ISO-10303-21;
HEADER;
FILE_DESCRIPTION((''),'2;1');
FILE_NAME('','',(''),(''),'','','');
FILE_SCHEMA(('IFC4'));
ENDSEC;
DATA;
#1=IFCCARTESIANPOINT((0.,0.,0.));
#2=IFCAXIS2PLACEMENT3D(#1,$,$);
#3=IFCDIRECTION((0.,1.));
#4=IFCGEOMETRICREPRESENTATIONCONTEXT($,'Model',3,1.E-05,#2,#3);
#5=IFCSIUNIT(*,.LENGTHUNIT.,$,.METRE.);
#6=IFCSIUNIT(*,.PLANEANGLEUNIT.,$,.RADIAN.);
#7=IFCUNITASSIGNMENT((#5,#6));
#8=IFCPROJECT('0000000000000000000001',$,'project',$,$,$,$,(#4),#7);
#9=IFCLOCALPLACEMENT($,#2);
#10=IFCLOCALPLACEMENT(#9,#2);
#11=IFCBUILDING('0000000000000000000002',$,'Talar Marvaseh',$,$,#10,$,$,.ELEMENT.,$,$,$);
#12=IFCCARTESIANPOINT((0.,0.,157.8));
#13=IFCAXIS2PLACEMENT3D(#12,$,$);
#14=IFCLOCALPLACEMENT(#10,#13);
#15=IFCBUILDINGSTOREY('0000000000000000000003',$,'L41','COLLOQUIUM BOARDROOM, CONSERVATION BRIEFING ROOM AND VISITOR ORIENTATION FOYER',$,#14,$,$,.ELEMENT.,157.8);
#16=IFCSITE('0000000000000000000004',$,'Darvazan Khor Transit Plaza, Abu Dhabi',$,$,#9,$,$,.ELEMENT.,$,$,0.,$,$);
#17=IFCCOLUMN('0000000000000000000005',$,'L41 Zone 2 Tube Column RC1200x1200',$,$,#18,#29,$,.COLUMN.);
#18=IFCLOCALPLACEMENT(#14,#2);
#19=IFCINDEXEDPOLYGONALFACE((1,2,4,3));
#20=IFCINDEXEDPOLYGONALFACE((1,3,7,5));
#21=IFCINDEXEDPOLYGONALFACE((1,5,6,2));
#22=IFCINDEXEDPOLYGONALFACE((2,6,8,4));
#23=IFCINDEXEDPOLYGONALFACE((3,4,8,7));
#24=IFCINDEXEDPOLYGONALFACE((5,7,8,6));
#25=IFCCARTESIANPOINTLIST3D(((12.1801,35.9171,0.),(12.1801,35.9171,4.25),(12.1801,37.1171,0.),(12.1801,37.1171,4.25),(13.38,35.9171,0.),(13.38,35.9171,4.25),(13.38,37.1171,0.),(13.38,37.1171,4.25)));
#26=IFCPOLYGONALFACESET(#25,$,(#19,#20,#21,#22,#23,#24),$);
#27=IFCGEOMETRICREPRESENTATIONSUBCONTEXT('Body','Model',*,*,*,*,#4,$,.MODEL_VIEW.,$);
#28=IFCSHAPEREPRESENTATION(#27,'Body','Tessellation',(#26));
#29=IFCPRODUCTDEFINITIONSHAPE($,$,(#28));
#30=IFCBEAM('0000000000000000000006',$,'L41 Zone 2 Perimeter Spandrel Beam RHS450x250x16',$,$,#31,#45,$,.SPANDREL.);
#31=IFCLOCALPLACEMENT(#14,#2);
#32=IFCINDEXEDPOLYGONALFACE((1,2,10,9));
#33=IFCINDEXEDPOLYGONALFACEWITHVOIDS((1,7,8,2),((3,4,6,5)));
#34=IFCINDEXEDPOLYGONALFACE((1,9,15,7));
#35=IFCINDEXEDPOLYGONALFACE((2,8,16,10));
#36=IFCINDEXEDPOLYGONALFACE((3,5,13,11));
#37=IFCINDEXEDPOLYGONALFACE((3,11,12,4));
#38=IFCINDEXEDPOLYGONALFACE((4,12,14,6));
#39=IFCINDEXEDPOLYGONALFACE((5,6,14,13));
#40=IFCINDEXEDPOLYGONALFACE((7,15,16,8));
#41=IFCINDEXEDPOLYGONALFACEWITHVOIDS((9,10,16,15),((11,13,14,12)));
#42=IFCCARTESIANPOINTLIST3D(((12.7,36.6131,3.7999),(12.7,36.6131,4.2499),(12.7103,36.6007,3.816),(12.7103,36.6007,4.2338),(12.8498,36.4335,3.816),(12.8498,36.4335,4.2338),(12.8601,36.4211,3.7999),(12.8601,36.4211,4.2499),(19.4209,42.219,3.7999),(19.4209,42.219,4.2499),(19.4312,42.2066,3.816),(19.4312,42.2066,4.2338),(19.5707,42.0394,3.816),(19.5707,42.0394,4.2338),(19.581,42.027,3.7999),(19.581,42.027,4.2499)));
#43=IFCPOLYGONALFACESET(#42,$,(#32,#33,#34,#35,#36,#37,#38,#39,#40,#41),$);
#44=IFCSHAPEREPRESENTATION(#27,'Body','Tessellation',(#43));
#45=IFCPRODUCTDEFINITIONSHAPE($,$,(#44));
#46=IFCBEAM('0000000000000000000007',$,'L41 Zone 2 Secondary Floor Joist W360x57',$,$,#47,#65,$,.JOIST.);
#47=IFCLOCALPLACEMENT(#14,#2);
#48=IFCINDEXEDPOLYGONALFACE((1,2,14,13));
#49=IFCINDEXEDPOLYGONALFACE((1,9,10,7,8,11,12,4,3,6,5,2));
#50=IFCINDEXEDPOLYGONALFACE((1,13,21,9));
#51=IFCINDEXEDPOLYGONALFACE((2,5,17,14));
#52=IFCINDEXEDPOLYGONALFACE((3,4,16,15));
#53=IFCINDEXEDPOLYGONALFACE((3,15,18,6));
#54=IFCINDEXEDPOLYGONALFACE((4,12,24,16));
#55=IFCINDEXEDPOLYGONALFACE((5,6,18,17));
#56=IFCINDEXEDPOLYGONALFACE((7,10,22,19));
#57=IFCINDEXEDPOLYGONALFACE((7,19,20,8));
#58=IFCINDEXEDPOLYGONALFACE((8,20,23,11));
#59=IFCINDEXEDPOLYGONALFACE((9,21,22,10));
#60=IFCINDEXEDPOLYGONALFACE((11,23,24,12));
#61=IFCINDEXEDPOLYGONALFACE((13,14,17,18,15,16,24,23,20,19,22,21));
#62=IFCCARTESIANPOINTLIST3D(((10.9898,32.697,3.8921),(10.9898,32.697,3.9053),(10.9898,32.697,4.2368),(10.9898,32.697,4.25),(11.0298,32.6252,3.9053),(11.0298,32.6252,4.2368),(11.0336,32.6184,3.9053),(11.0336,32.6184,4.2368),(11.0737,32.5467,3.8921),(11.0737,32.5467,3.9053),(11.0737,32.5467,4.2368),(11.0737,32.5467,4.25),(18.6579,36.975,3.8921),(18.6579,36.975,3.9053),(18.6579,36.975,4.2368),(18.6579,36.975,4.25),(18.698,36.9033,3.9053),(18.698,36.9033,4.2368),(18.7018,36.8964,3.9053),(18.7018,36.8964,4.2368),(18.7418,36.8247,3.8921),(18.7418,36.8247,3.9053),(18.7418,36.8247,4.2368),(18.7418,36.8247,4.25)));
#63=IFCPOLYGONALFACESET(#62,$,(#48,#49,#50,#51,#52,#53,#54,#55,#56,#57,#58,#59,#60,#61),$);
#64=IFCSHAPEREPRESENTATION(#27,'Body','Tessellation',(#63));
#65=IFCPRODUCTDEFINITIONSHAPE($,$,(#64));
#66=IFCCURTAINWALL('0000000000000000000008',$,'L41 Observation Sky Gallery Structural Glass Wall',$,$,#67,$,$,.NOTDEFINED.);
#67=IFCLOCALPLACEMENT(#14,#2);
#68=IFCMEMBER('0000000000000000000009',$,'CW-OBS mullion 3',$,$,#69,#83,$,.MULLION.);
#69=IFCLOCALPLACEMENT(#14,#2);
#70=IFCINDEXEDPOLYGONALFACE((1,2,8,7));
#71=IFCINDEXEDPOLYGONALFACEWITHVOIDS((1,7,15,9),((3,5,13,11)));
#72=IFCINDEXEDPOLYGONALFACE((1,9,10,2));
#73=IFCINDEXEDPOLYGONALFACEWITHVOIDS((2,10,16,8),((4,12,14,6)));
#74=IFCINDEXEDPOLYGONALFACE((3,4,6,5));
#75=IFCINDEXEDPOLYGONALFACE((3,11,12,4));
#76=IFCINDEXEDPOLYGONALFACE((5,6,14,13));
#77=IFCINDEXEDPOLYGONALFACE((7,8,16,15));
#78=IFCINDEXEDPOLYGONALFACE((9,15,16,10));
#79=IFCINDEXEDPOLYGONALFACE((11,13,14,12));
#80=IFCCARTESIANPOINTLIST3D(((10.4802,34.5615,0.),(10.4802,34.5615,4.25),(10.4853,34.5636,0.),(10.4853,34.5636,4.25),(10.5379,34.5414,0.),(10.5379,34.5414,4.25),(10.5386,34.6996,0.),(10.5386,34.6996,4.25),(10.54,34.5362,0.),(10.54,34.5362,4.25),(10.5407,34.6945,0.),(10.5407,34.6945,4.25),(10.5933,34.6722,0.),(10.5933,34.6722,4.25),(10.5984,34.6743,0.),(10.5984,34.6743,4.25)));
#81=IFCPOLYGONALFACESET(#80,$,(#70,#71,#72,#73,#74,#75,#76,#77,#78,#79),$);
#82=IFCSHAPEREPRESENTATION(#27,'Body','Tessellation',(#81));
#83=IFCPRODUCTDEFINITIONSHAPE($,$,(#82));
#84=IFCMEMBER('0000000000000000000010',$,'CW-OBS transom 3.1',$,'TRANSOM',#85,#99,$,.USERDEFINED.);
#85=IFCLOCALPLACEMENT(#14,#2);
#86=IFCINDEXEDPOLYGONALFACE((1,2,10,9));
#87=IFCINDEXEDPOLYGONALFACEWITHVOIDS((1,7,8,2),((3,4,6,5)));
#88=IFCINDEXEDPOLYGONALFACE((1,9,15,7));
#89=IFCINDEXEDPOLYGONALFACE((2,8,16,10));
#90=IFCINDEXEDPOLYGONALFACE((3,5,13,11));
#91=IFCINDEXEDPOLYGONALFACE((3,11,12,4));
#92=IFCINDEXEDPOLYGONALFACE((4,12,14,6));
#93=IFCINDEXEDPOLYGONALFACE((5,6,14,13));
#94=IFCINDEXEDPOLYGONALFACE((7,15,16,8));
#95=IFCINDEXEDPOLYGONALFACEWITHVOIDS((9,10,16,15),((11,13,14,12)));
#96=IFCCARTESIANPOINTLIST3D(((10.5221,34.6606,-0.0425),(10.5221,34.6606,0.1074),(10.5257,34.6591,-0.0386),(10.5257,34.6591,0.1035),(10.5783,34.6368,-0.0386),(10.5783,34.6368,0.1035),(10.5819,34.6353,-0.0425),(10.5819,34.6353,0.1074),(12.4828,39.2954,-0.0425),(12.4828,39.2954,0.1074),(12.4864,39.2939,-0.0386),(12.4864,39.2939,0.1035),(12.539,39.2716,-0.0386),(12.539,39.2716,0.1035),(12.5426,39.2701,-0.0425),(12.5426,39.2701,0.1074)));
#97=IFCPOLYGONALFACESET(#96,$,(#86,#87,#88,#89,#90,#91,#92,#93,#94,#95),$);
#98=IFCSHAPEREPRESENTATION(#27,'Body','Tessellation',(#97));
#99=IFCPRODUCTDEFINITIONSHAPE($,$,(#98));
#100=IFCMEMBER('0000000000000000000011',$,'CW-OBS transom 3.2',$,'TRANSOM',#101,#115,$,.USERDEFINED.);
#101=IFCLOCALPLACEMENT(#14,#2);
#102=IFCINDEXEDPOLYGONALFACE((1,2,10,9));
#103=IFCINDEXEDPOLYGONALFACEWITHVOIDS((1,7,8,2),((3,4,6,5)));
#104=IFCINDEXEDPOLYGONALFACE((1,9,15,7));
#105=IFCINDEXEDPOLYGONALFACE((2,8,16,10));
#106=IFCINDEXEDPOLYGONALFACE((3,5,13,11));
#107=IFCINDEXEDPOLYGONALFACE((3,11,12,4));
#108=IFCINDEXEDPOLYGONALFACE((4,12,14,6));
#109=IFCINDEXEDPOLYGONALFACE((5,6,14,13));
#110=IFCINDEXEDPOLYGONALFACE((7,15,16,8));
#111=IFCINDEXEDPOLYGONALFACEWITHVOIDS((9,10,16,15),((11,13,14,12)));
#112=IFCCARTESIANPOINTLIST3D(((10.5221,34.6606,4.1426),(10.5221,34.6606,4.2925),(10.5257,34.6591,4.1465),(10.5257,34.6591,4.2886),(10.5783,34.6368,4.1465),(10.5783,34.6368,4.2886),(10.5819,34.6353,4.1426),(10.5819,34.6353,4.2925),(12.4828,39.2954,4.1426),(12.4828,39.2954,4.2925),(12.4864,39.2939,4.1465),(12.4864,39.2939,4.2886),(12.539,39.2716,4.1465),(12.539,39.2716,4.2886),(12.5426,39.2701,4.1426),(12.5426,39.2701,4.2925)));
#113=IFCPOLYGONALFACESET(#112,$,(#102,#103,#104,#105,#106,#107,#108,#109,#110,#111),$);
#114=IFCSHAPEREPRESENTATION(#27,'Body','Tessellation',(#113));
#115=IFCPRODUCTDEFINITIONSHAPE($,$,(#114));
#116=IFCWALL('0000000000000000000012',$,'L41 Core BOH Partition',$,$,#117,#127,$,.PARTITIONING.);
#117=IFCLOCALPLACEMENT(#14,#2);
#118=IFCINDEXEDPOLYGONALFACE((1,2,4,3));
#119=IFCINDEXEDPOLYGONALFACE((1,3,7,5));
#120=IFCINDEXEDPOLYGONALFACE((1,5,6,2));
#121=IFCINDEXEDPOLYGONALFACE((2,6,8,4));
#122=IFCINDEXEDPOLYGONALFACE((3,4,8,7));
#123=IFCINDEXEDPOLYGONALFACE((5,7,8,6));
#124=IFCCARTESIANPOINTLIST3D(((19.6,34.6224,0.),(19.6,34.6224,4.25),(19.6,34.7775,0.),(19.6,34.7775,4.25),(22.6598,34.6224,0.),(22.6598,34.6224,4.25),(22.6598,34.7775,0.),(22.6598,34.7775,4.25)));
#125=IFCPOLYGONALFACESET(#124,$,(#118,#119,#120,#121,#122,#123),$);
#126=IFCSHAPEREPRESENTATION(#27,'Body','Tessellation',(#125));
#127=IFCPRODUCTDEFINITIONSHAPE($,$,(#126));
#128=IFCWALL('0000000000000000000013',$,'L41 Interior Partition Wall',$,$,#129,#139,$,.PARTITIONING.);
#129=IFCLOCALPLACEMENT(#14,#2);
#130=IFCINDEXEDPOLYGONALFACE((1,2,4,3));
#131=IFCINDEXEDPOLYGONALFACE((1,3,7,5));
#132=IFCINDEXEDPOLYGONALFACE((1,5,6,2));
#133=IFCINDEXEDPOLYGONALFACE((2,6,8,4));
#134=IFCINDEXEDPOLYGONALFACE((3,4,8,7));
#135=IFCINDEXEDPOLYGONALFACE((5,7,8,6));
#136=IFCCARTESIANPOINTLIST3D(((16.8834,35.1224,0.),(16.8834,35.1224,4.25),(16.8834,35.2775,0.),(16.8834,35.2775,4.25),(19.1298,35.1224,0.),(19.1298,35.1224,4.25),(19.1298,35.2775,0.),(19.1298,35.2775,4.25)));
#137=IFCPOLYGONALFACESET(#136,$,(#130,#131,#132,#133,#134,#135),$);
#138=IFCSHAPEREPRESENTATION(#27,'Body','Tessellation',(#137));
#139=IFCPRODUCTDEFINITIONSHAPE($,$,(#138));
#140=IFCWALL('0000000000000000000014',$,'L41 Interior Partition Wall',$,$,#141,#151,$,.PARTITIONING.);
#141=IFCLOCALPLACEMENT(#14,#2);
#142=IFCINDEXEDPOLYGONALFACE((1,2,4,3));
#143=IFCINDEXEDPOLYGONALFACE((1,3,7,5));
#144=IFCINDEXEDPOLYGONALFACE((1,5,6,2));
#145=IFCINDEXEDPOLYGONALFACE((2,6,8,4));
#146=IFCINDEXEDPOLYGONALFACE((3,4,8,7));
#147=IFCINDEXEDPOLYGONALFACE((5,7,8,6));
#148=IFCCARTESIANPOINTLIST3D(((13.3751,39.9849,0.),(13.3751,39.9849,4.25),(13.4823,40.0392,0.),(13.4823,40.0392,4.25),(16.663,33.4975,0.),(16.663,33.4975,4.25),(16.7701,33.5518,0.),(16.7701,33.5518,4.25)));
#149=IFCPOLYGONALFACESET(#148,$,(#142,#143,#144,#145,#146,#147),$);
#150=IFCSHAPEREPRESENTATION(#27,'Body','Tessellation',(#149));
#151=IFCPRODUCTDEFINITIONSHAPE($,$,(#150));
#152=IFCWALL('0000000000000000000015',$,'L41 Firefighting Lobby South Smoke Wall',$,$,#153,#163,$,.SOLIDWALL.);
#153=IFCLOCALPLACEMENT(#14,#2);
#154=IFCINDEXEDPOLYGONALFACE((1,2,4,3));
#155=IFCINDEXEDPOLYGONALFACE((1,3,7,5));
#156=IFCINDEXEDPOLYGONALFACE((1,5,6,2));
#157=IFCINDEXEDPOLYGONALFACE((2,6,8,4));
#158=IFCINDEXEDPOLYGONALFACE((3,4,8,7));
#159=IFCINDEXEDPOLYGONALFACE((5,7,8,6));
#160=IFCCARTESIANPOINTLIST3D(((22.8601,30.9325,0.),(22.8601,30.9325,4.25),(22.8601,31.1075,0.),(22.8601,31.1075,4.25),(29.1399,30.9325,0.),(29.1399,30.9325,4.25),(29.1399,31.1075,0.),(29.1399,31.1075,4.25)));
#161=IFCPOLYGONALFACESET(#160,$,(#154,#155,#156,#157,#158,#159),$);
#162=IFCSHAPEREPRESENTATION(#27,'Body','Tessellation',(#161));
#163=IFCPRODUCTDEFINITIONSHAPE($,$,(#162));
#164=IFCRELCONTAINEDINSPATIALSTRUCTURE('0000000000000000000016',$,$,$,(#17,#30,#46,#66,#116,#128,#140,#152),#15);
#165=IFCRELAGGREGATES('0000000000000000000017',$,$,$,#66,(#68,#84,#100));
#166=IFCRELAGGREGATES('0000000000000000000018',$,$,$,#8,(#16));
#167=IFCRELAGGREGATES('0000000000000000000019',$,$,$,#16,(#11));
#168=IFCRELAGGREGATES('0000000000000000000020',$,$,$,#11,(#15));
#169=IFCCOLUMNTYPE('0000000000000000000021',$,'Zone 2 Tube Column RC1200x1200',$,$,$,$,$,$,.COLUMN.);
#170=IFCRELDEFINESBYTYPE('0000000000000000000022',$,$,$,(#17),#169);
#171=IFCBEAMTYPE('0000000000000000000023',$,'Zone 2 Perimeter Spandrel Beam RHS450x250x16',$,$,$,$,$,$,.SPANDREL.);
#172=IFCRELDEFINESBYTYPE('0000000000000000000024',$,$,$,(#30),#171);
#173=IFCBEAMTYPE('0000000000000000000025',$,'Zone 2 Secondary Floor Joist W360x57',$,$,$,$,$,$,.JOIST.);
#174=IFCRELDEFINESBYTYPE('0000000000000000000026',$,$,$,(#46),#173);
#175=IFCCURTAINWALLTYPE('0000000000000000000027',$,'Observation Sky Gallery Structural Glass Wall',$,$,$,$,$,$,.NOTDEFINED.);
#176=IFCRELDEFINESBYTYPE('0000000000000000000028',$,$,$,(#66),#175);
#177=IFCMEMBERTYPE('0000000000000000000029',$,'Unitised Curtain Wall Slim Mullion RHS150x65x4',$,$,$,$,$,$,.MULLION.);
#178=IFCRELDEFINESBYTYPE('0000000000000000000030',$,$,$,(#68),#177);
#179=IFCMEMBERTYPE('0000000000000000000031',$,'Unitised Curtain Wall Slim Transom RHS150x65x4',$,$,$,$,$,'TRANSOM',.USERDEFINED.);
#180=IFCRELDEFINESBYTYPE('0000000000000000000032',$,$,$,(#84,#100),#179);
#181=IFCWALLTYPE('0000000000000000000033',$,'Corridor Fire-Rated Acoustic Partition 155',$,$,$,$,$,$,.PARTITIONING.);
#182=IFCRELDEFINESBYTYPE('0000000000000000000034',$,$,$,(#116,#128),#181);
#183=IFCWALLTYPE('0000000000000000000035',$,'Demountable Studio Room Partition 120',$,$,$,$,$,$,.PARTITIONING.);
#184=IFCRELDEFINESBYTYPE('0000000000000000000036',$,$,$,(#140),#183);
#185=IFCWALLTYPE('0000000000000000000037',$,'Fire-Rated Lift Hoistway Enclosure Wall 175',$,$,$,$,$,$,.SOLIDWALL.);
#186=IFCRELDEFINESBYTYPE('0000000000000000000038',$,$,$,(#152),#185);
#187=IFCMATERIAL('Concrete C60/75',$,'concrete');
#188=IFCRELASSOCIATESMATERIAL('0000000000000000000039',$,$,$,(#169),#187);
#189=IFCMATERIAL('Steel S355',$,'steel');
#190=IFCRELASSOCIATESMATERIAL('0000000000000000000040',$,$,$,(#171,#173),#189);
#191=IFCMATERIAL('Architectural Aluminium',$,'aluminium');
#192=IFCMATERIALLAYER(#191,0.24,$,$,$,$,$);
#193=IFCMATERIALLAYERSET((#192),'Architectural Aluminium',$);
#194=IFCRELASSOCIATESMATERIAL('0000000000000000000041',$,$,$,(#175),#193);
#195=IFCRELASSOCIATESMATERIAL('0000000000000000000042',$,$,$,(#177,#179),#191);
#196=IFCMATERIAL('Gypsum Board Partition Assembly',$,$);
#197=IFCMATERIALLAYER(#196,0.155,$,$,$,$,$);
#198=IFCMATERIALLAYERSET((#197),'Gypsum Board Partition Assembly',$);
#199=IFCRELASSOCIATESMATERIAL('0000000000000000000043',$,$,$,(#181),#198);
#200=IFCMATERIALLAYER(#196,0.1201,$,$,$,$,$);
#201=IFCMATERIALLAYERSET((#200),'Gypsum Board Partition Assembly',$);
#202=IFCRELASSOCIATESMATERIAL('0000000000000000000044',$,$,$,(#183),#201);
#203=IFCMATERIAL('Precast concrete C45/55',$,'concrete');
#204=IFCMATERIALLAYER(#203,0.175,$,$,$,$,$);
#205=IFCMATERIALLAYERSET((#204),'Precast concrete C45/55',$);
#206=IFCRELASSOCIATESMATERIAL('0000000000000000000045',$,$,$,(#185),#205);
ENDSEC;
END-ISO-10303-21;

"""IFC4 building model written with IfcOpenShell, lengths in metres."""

from ifc_helpers import new_model, si_unit, direction, frame, frame_2d, origin, origin_2d, place, context, subcontext, project, spatial, rectangle, hollow_rectangle, i_section, extrude, source, transform, mapped, material, layer, layer_set, material_profile, profile_set, type_object, type_shapes, element, aggregate, save


model = new_model("IFC4")

# Units and contexts
model_context = context("Model", 3, precision=1e-05, world=origin(), true_north=direction((0.0, 1.0)))
body_context = subcontext(model_context, "Body", "Model", "MODEL_VIEW")
ifc_project = project(units=[si_unit("LENGTHUNIT", "METRE"), si_unit("PLANEANGLEUNIT", "RADIAN")], contexts=[model_context])

# Site, building, storey
site_placement = place(None, origin())
site = spatial("IfcSite", under=ifc_project, at=site_placement, Name="Darvazan Khor Transit Plaza, Abu Dhabi", CompositionType="ELEMENT", RefElevation=0.0)
building_placement = place(site_placement, origin())
building = spatial("IfcBuilding", under=site, at=building_placement, Name="Talar Marvaseh", CompositionType="ELEMENT")
storey_placement = place(building_placement, frame((0.0, 0.0, 157.8)))
storey = spatial("IfcBuildingStorey", under=building, at=storey_placement, Name="L41", Description="COLLOQUIUM BOARDROOM, CONSERVATION BRIEFING ROOM AND VISITOR ORIENTATION FOYER", CompositionType="ELEMENT", Elevation=157.8)

# Column
ifc_material_1 = material(Name="Concrete C60/75", Category="concrete")
ifc_material_profile_1 = material_profile(ifc_material_1, rectangle(XDim=1.2, YDim=1.2, at=origin_2d()), Name="RC1200x1200")
ifc_profile_set_1 = profile_set([ifc_material_profile_1], Name="Concrete C60/75")
column_type = type_object("IfcColumnType", Name="Zone 2 Tube Column RC1200x1200", PredefinedType="COLUMN", material=ifc_profile_set_1)
column_placement = place(storey_placement, frame((12.78, 36.5171, 0.0), z_axis=(0.0, 0.0, 1.0), x_axis=(1.0, 0.0, 0.0)))
element("IfcColumn", 1, at=column_placement, inside=storey, type_object=column_type, Name="L41 Zone 2 Tube Column RC1200x1200", PredefinedType="COLUMN", context=body_context, shape_type="SweptSolid", body=[
    extrude(rectangle(XDim=1.2, YDim=1.2, at=origin_2d()), origin(), (0.0, 0.0, 1.0), 4.25),
])

# Beams
ifc_material_2 = material(Name="Steel S355", Category="steel")
ifc_material_profile_2 = material_profile(ifc_material_2, hollow_rectangle(XDim=0.25, YDim=0.45, WallThickness=0.0161, at=origin_2d()), Name="RHS450x250x16")
ifc_profile_set_2 = profile_set([ifc_material_profile_2], Name="Steel S355")
beam_type_1 = type_object("IfcBeamType", Name="Zone 2 Perimeter Spandrel Beam RHS450x250x16", PredefinedType="SPANDREL", material=ifc_profile_set_2)
beam_1_placement = place(storey_placement, frame((12.78, 36.5171, 4.0249), z_axis=(0.767931, 0.640533, 0.0), x_axis=(-0.640533, 0.767931, 0.0)))
element("IfcBeam", 2, at=beam_1_placement, inside=storey, type_object=beam_type_1, Name="L41 Zone 2 Perimeter Spandrel Beam RHS450x250x16", PredefinedType="SPANDREL", context=body_context, shape_type="SweptSolid", body=[
    extrude(hollow_rectangle(XDim=0.25, YDim=0.45, WallThickness=0.0161, at=origin_2d()), origin(), (0.0, 0.0, 1.0), 8.752),
])
ifc_material_profile_3 = material_profile(ifc_material_2, i_section(OverallWidth=0.1721, OverallDepth=0.3579, WebThickness=0.0078, FlangeThickness=0.0132, at=origin_2d()), Name="W360x57")
ifc_profile_set_3 = profile_set([ifc_material_profile_3], Name="Steel S355")
beam_type_2 = type_object("IfcBeamType", Name="Zone 2 Secondary Floor Joist W360x57", PredefinedType="JOIST", material=ifc_profile_set_3)
beam_2_placement = place(storey_placement, frame((11.0317, 32.6218, 4.071), z_axis=(0.873288, 0.487205, 0.0), x_axis=(-0.487205, 0.873288, 0.0)))
element("IfcBeam", 3, at=beam_2_placement, inside=storey, type_object=beam_type_2, Name="L41 Zone 2 Secondary Floor Joist W360x57", PredefinedType="JOIST", context=body_context, shape_type="SweptSolid", body=[
    extrude(i_section(OverallWidth=0.1721, OverallDepth=0.3579, WebThickness=0.0078, FlangeThickness=0.0132, at=origin_2d()), origin(), (0.0, 0.0, 1.0), 8.7808),
])

# Curtain wall, members
ifc_material_3 = material(Name="Architectural Aluminium", Category="aluminium")
ifc_layer_1 = layer(ifc_material_3, 0.24)
ifc_layer_set_1 = layer_set([ifc_layer_1], Name="Architectural Aluminium")
curtain_wall_type = type_object("IfcCurtainWallType", Name="Observation Sky Gallery Structural Glass Wall", PredefinedType="NOTDEFINED", material=ifc_layer_set_1)
curtain_wall_placement = place(storey_placement, origin())
curtain_wall = element("IfcCurtainWall", 4, at=curtain_wall_placement, inside=storey, type_object=curtain_wall_type, Name="L41 Observation Sky Gallery Structural Glass Wall", PredefinedType="NOTDEFINED")
ifc_material_profile_4 = material_profile(ifc_material_3, hollow_rectangle(XDim=0.0649, YDim=0.1499, WallThickness=0.0039, at=origin_2d()), Name="RHS150x65x4")
ifc_profile_set_4 = profile_set([ifc_material_profile_4], Name="Architectural Aluminium")
member_type_1 = type_object("IfcMemberType", Name="Unitised Curtain Wall Slim Mullion RHS150x65x4", PredefinedType="MULLION", material=ifc_profile_set_4)
shared_shape_1 = source(origin(), body_context, "Body", "SweptSolid", [
    extrude(hollow_rectangle(XDim=0.0649, YDim=0.1499, WallThickness=0.0039, at=origin_2d()), origin(), (0.0, 0.0, 1.0), 4.25),
])
type_shapes(member_type_1, [shared_shape_1])
member_1_placement = place(storey_placement, frame((10.5393, 34.6179, 0.0), z_axis=(0.0, 0.0, 1.0), x_axis=(-0.920967, 0.38964, 0.0)))
member_1 = element("IfcMember", 5, at=member_1_placement, type_object=member_type_1, Name="CW-OBS mullion 3", PredefinedType="MULLION", context=body_context, shape_type="MappedRepresentation", body=[
    mapped(shared_shape_1, transform((0.0, 0.0, 0.0), x_axis=(1.0, 0.0, 0.0), y_axis=(0.0, 1.0, 0.0), z_axis=(0.0, 0.0, 1.0), scale=1.0)),
])
ifc_material_profile_5 = material_profile(ifc_material_3, hollow_rectangle(XDim=0.0649, YDim=0.1499, WallThickness=0.0039, at=origin_2d()), Name="RHS150x65x4")
ifc_profile_set_5 = profile_set([ifc_material_profile_5], Name="Architectural Aluminium")
member_type_2 = type_object("IfcMemberType", Name="Unitised Curtain Wall Slim Transom RHS150x65x4", ElementType="TRANSOM", PredefinedType="USERDEFINED", material=ifc_profile_set_5)
shared_shape_2 = source(origin(), body_context, "Body", "SweptSolid", [
    extrude(hollow_rectangle(XDim=0.0649, YDim=0.1499, WallThickness=0.0039, at=origin_2d()), origin(), (0.0, 0.0, 1.0), 5.0325),
])
type_shapes(member_type_2, [shared_shape_2])
member_2_placement = place(storey_placement, frame((10.552, 34.6479, 0.0325), z_axis=(0.389612, 0.920979, 0.0), x_axis=(-0.920979, 0.389612, 0.0)))
member_2 = element("IfcMember", 6, at=member_2_placement, type_object=member_type_2, Name="CW-OBS transom 3.1", ObjectType="TRANSOM", PredefinedType="USERDEFINED", context=body_context, shape_type="MappedRepresentation", body=[
    mapped(shared_shape_2, transform((0.0, 0.0, 0.0), x_axis=(1.0, 0.0, 0.0), y_axis=(0.0, 1.0, 0.0), z_axis=(0.0, 0.0, 1.0), scale=1.0)),
])
member_3_placement = place(storey_placement, frame((10.552, 34.6479, 4.2175), z_axis=(0.389612, 0.920979, 0.0), x_axis=(-0.920979, 0.389612, 0.0)))
member_3 = element("IfcMember", 7, at=member_3_placement, type_object=member_type_2, Name="CW-OBS transom 3.2", ObjectType="TRANSOM", PredefinedType="USERDEFINED", context=body_context, shape_type="MappedRepresentation", body=[
    mapped(shared_shape_2, transform((0.0, 0.0, 0.0), x_axis=(1.0, 0.0, 0.0), y_axis=(0.0, 1.0, 0.0), z_axis=(0.0, 0.0, 1.0), scale=1.0)),
])
aggregate(curtain_wall, [member_1, member_2, member_3])

# Walls
ifc_material_4 = material(Name="Gypsum Board Partition Assembly")
ifc_layer_2 = layer(ifc_material_4, 0.155)
ifc_layer_set_2 = layer_set([ifc_layer_2], Name="Gypsum Board Partition Assembly")
wall_type_1 = type_object("IfcWallType", Name="Corridor Fire-Rated Acoustic Partition 155", PredefinedType="PARTITIONING", material=ifc_layer_set_2)
wall_1_placement = place(storey_placement, frame((19.6001, 34.7, 0.0), z_axis=(0.0, 0.0, 1.0), x_axis=(1.0, 0.0, 0.0)))
element("IfcWall", 8, at=wall_1_placement, inside=storey, type_object=wall_type_1, Name="L41 Core BOH Partition", PredefinedType="PARTITIONING", context=body_context, shape_type="SweptSolid", body=[
    extrude(rectangle(XDim=3.0598, YDim=0.155, at=frame_2d((1.5298, 0.0))), origin(), (0.0, 0.0, 1.0), 4.25),
])
wall_2_placement = place(storey_placement, frame((16.8835, 35.2, 0.0), z_axis=(0.0, 0.0, 1.0), x_axis=(1.0, 0.0, 0.0)))
element("IfcWall", 9, at=wall_2_placement, inside=storey, type_object=wall_type_1, Name="L41 Interior Partition Wall", PredefinedType="PARTITIONING", context=body_context, shape_type="SweptSolid", body=[
    extrude(rectangle(XDim=2.2463, YDim=0.155, at=frame_2d((1.123, 0.0))), origin(), (0.0, 0.0, 1.0), 4.25),
])
ifc_layer_3 = layer(ifc_material_4, 0.1201)
ifc_layer_set_3 = layer_set([ifc_layer_3], Name="Gypsum Board Partition Assembly")
wall_type_2 = type_object("IfcWallType", Name="Demountable Studio Room Partition 120", PredefinedType="PARTITIONING", material=ifc_layer_set_3)
wall_3_placement = place(storey_placement, frame((16.7166, 33.5247, 0.0), z_axis=(0.0, 0.0, 1.0), x_axis=(-0.452068, 0.891984, 0.0)))
element("IfcWall", 10, at=wall_3_placement, inside=storey, type_object=wall_type_2, Name="L41 Interior Partition Wall", PredefinedType="PARTITIONING", context=body_context, shape_type="SweptSolid", body=[
    extrude(rectangle(XDim=7.2729, YDim=0.1201, at=frame_2d((3.6365, 0.0))), origin(), (0.0, 0.0, 1.0), 4.25),
])

# Shared definitions
ifc_material_5 = material(Name="Precast concrete C45/55", Category="concrete")
ifc_layer_4 = layer(ifc_material_5, 0.175)
ifc_layer_set_4 = layer_set([ifc_layer_4], Name="Precast concrete C45/55")
wall_type_3 = type_object("IfcWallType", Name="Fire-Rated Lift Hoistway Enclosure Wall 175", PredefinedType="SOLIDWALL", material=ifc_layer_set_4)

# Wall
wall_4_placement = place(storey_placement, frame((22.8601, 31.02, 0.0), z_axis=(0.0, 0.0, 1.0), x_axis=(1.0, 0.0, 0.0)))
element("IfcWall", 11, at=wall_4_placement, inside=storey, type_object=wall_type_3, Name="L41 Firefighting Lobby South Smoke Wall", PredefinedType="SOLIDWALL", context=body_context, shape_type="SweptSolid", body=[
    extrude(rectangle(XDim=6.2798, YDim=0.175, at=frame_2d((3.1399, 0.0))), origin(), (0.0, 0.0, 1.0), 4.25),
])

save(model, "model.ifc")
